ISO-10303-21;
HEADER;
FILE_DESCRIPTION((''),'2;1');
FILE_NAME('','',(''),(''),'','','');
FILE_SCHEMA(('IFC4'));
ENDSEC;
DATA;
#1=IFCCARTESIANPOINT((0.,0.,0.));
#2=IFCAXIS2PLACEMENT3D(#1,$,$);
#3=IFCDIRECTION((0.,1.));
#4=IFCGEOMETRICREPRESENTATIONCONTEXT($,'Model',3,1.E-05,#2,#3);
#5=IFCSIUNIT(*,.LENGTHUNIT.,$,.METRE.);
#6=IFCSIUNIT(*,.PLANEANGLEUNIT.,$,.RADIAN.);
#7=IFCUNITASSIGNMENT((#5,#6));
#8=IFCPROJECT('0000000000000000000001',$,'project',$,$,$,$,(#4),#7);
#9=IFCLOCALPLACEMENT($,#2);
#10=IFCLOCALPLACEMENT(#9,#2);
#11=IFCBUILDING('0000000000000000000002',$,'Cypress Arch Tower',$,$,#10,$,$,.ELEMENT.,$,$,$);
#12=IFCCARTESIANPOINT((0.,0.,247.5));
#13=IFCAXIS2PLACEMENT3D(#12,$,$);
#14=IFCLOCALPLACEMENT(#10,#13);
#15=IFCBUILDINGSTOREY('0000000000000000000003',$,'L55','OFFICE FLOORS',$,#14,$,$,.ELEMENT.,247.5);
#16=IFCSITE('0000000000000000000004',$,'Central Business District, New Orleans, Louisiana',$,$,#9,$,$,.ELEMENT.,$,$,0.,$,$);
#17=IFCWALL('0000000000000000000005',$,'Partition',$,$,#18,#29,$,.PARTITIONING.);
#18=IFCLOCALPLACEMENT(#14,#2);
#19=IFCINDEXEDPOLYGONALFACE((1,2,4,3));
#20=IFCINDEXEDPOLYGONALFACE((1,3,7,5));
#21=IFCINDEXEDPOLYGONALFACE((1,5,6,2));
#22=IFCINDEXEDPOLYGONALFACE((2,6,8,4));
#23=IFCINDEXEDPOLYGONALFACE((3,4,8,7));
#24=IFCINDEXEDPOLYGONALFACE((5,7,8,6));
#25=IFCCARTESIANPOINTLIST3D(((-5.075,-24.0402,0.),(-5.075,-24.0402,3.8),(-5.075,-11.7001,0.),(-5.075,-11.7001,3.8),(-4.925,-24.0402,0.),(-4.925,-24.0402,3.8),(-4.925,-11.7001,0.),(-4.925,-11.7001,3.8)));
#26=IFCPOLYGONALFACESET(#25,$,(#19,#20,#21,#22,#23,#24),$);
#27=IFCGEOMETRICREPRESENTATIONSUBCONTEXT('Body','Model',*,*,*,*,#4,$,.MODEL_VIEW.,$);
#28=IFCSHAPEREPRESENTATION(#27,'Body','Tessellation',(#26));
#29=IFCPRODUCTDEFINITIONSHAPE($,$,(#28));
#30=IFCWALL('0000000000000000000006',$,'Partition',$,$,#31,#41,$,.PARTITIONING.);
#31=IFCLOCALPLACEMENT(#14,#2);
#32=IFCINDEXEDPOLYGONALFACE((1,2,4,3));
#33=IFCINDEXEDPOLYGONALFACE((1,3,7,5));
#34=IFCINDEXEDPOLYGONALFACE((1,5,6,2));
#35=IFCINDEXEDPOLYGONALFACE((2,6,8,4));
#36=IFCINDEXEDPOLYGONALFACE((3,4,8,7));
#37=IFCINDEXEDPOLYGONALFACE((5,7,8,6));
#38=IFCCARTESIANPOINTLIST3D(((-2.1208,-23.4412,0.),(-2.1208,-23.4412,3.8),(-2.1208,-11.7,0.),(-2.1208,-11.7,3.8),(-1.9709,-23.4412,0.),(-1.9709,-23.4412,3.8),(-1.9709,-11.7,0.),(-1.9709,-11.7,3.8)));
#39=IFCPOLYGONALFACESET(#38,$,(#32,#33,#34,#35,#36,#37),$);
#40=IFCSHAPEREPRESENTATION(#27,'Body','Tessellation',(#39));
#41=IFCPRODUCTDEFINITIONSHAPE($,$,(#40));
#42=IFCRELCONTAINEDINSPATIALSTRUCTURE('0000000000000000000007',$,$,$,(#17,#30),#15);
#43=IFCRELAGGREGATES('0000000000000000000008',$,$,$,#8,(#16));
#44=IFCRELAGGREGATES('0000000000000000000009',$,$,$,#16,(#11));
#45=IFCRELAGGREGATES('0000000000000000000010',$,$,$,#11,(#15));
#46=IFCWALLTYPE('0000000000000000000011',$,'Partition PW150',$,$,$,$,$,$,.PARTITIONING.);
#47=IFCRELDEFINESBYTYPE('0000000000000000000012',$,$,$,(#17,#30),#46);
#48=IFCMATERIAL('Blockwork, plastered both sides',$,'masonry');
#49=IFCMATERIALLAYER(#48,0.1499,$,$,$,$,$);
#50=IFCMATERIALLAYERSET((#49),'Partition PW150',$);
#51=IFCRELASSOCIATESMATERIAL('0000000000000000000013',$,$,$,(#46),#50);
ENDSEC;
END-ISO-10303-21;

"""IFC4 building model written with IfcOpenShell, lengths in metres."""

from ifc_helpers import new_model, si_unit, direction, frame, frame_2d, origin, place, context, subcontext, project, spatial, rectangle, extrude, material, layer, layer_set, type_object, element, save


model = new_model("IFC4")

# Units and contexts
model_context = context("Model", 3, precision=1e-05, world=origin(), true_north=direction((0.0, 1.0)))
body_context = subcontext(model_context, "Body", "Model", "MODEL_VIEW")
ifc_project = project(units=[si_unit("LENGTHUNIT", "METRE"), si_unit("PLANEANGLEUNIT", "RADIAN")], contexts=[model_context])

# Site, building, storey
site_placement = place(None, origin())
site = spatial("IfcSite", under=ifc_project, at=site_placement, Name="Central Business District, New Orleans, Louisiana", CompositionType="ELEMENT", RefElevation=0.0)
building_placement = place(site_placement, origin())
building = spatial("IfcBuilding", under=site, at=building_placement, Name="Cypress Arch Tower", CompositionType="ELEMENT")
storey_placement = place(building_placement, frame((0.0, 0.0, 247.5)))
storey = spatial("IfcBuildingStorey", under=building, at=storey_placement, Name="L55", Description="OFFICE FLOORS", CompositionType="ELEMENT", Elevation=247.5)

# Walls
ifc_material_1 = material(Name="Blockwork, plastered both sides", Category="masonry")
ifc_layer_1 = layer(ifc_material_1, 0.1499)
ifc_layer_set_1 = layer_set([ifc_layer_1], Name="Partition PW150")
wall_type_1 = type_object("IfcWallType", Name="Partition PW150", PredefinedType="PARTITIONING", material=ifc_layer_set_1)
for number, where, z_axis, x_axis, name in (
    (1, (-5.0, -24.04, 0.0), (0.0, 0.0, 1.0), (0.0, 1.0, 0.0), "Partition"),
):
    element("IfcWall", number, at=place(storey_placement, frame(where, z_axis=z_axis, x_axis=x_axis)), inside=storey, type_object=wall_type_1, Name=name, PredefinedType="PARTITIONING", context=body_context, shape_type="SweptSolid", body=[
        extrude(rectangle(XDim=12.3401, YDim=0.1499, at=frame_2d((6.1699, 0.0))), origin(), (0.0, 0.0, 1.0), 3.8),
    ])
wall_1_placement = place(storey_placement, frame((-2.0459, -23.4412, 0.0), z_axis=(0.0, 0.0, 1.0), x_axis=(0.0, 1.0, 0.0)))
element("IfcWall", 2, at=wall_1_placement, inside=storey, type_object=wall_type_1, Name="Partition", PredefinedType="PARTITIONING", context=body_context, shape_type="SweptSolid", body=[
    extrude(rectangle(XDim=11.7412, YDim=0.1499, at=frame_2d((5.8706, 0.0))), origin(), (0.0, 0.0, 1.0), 3.8),
])

save(model, "model.ifc")
